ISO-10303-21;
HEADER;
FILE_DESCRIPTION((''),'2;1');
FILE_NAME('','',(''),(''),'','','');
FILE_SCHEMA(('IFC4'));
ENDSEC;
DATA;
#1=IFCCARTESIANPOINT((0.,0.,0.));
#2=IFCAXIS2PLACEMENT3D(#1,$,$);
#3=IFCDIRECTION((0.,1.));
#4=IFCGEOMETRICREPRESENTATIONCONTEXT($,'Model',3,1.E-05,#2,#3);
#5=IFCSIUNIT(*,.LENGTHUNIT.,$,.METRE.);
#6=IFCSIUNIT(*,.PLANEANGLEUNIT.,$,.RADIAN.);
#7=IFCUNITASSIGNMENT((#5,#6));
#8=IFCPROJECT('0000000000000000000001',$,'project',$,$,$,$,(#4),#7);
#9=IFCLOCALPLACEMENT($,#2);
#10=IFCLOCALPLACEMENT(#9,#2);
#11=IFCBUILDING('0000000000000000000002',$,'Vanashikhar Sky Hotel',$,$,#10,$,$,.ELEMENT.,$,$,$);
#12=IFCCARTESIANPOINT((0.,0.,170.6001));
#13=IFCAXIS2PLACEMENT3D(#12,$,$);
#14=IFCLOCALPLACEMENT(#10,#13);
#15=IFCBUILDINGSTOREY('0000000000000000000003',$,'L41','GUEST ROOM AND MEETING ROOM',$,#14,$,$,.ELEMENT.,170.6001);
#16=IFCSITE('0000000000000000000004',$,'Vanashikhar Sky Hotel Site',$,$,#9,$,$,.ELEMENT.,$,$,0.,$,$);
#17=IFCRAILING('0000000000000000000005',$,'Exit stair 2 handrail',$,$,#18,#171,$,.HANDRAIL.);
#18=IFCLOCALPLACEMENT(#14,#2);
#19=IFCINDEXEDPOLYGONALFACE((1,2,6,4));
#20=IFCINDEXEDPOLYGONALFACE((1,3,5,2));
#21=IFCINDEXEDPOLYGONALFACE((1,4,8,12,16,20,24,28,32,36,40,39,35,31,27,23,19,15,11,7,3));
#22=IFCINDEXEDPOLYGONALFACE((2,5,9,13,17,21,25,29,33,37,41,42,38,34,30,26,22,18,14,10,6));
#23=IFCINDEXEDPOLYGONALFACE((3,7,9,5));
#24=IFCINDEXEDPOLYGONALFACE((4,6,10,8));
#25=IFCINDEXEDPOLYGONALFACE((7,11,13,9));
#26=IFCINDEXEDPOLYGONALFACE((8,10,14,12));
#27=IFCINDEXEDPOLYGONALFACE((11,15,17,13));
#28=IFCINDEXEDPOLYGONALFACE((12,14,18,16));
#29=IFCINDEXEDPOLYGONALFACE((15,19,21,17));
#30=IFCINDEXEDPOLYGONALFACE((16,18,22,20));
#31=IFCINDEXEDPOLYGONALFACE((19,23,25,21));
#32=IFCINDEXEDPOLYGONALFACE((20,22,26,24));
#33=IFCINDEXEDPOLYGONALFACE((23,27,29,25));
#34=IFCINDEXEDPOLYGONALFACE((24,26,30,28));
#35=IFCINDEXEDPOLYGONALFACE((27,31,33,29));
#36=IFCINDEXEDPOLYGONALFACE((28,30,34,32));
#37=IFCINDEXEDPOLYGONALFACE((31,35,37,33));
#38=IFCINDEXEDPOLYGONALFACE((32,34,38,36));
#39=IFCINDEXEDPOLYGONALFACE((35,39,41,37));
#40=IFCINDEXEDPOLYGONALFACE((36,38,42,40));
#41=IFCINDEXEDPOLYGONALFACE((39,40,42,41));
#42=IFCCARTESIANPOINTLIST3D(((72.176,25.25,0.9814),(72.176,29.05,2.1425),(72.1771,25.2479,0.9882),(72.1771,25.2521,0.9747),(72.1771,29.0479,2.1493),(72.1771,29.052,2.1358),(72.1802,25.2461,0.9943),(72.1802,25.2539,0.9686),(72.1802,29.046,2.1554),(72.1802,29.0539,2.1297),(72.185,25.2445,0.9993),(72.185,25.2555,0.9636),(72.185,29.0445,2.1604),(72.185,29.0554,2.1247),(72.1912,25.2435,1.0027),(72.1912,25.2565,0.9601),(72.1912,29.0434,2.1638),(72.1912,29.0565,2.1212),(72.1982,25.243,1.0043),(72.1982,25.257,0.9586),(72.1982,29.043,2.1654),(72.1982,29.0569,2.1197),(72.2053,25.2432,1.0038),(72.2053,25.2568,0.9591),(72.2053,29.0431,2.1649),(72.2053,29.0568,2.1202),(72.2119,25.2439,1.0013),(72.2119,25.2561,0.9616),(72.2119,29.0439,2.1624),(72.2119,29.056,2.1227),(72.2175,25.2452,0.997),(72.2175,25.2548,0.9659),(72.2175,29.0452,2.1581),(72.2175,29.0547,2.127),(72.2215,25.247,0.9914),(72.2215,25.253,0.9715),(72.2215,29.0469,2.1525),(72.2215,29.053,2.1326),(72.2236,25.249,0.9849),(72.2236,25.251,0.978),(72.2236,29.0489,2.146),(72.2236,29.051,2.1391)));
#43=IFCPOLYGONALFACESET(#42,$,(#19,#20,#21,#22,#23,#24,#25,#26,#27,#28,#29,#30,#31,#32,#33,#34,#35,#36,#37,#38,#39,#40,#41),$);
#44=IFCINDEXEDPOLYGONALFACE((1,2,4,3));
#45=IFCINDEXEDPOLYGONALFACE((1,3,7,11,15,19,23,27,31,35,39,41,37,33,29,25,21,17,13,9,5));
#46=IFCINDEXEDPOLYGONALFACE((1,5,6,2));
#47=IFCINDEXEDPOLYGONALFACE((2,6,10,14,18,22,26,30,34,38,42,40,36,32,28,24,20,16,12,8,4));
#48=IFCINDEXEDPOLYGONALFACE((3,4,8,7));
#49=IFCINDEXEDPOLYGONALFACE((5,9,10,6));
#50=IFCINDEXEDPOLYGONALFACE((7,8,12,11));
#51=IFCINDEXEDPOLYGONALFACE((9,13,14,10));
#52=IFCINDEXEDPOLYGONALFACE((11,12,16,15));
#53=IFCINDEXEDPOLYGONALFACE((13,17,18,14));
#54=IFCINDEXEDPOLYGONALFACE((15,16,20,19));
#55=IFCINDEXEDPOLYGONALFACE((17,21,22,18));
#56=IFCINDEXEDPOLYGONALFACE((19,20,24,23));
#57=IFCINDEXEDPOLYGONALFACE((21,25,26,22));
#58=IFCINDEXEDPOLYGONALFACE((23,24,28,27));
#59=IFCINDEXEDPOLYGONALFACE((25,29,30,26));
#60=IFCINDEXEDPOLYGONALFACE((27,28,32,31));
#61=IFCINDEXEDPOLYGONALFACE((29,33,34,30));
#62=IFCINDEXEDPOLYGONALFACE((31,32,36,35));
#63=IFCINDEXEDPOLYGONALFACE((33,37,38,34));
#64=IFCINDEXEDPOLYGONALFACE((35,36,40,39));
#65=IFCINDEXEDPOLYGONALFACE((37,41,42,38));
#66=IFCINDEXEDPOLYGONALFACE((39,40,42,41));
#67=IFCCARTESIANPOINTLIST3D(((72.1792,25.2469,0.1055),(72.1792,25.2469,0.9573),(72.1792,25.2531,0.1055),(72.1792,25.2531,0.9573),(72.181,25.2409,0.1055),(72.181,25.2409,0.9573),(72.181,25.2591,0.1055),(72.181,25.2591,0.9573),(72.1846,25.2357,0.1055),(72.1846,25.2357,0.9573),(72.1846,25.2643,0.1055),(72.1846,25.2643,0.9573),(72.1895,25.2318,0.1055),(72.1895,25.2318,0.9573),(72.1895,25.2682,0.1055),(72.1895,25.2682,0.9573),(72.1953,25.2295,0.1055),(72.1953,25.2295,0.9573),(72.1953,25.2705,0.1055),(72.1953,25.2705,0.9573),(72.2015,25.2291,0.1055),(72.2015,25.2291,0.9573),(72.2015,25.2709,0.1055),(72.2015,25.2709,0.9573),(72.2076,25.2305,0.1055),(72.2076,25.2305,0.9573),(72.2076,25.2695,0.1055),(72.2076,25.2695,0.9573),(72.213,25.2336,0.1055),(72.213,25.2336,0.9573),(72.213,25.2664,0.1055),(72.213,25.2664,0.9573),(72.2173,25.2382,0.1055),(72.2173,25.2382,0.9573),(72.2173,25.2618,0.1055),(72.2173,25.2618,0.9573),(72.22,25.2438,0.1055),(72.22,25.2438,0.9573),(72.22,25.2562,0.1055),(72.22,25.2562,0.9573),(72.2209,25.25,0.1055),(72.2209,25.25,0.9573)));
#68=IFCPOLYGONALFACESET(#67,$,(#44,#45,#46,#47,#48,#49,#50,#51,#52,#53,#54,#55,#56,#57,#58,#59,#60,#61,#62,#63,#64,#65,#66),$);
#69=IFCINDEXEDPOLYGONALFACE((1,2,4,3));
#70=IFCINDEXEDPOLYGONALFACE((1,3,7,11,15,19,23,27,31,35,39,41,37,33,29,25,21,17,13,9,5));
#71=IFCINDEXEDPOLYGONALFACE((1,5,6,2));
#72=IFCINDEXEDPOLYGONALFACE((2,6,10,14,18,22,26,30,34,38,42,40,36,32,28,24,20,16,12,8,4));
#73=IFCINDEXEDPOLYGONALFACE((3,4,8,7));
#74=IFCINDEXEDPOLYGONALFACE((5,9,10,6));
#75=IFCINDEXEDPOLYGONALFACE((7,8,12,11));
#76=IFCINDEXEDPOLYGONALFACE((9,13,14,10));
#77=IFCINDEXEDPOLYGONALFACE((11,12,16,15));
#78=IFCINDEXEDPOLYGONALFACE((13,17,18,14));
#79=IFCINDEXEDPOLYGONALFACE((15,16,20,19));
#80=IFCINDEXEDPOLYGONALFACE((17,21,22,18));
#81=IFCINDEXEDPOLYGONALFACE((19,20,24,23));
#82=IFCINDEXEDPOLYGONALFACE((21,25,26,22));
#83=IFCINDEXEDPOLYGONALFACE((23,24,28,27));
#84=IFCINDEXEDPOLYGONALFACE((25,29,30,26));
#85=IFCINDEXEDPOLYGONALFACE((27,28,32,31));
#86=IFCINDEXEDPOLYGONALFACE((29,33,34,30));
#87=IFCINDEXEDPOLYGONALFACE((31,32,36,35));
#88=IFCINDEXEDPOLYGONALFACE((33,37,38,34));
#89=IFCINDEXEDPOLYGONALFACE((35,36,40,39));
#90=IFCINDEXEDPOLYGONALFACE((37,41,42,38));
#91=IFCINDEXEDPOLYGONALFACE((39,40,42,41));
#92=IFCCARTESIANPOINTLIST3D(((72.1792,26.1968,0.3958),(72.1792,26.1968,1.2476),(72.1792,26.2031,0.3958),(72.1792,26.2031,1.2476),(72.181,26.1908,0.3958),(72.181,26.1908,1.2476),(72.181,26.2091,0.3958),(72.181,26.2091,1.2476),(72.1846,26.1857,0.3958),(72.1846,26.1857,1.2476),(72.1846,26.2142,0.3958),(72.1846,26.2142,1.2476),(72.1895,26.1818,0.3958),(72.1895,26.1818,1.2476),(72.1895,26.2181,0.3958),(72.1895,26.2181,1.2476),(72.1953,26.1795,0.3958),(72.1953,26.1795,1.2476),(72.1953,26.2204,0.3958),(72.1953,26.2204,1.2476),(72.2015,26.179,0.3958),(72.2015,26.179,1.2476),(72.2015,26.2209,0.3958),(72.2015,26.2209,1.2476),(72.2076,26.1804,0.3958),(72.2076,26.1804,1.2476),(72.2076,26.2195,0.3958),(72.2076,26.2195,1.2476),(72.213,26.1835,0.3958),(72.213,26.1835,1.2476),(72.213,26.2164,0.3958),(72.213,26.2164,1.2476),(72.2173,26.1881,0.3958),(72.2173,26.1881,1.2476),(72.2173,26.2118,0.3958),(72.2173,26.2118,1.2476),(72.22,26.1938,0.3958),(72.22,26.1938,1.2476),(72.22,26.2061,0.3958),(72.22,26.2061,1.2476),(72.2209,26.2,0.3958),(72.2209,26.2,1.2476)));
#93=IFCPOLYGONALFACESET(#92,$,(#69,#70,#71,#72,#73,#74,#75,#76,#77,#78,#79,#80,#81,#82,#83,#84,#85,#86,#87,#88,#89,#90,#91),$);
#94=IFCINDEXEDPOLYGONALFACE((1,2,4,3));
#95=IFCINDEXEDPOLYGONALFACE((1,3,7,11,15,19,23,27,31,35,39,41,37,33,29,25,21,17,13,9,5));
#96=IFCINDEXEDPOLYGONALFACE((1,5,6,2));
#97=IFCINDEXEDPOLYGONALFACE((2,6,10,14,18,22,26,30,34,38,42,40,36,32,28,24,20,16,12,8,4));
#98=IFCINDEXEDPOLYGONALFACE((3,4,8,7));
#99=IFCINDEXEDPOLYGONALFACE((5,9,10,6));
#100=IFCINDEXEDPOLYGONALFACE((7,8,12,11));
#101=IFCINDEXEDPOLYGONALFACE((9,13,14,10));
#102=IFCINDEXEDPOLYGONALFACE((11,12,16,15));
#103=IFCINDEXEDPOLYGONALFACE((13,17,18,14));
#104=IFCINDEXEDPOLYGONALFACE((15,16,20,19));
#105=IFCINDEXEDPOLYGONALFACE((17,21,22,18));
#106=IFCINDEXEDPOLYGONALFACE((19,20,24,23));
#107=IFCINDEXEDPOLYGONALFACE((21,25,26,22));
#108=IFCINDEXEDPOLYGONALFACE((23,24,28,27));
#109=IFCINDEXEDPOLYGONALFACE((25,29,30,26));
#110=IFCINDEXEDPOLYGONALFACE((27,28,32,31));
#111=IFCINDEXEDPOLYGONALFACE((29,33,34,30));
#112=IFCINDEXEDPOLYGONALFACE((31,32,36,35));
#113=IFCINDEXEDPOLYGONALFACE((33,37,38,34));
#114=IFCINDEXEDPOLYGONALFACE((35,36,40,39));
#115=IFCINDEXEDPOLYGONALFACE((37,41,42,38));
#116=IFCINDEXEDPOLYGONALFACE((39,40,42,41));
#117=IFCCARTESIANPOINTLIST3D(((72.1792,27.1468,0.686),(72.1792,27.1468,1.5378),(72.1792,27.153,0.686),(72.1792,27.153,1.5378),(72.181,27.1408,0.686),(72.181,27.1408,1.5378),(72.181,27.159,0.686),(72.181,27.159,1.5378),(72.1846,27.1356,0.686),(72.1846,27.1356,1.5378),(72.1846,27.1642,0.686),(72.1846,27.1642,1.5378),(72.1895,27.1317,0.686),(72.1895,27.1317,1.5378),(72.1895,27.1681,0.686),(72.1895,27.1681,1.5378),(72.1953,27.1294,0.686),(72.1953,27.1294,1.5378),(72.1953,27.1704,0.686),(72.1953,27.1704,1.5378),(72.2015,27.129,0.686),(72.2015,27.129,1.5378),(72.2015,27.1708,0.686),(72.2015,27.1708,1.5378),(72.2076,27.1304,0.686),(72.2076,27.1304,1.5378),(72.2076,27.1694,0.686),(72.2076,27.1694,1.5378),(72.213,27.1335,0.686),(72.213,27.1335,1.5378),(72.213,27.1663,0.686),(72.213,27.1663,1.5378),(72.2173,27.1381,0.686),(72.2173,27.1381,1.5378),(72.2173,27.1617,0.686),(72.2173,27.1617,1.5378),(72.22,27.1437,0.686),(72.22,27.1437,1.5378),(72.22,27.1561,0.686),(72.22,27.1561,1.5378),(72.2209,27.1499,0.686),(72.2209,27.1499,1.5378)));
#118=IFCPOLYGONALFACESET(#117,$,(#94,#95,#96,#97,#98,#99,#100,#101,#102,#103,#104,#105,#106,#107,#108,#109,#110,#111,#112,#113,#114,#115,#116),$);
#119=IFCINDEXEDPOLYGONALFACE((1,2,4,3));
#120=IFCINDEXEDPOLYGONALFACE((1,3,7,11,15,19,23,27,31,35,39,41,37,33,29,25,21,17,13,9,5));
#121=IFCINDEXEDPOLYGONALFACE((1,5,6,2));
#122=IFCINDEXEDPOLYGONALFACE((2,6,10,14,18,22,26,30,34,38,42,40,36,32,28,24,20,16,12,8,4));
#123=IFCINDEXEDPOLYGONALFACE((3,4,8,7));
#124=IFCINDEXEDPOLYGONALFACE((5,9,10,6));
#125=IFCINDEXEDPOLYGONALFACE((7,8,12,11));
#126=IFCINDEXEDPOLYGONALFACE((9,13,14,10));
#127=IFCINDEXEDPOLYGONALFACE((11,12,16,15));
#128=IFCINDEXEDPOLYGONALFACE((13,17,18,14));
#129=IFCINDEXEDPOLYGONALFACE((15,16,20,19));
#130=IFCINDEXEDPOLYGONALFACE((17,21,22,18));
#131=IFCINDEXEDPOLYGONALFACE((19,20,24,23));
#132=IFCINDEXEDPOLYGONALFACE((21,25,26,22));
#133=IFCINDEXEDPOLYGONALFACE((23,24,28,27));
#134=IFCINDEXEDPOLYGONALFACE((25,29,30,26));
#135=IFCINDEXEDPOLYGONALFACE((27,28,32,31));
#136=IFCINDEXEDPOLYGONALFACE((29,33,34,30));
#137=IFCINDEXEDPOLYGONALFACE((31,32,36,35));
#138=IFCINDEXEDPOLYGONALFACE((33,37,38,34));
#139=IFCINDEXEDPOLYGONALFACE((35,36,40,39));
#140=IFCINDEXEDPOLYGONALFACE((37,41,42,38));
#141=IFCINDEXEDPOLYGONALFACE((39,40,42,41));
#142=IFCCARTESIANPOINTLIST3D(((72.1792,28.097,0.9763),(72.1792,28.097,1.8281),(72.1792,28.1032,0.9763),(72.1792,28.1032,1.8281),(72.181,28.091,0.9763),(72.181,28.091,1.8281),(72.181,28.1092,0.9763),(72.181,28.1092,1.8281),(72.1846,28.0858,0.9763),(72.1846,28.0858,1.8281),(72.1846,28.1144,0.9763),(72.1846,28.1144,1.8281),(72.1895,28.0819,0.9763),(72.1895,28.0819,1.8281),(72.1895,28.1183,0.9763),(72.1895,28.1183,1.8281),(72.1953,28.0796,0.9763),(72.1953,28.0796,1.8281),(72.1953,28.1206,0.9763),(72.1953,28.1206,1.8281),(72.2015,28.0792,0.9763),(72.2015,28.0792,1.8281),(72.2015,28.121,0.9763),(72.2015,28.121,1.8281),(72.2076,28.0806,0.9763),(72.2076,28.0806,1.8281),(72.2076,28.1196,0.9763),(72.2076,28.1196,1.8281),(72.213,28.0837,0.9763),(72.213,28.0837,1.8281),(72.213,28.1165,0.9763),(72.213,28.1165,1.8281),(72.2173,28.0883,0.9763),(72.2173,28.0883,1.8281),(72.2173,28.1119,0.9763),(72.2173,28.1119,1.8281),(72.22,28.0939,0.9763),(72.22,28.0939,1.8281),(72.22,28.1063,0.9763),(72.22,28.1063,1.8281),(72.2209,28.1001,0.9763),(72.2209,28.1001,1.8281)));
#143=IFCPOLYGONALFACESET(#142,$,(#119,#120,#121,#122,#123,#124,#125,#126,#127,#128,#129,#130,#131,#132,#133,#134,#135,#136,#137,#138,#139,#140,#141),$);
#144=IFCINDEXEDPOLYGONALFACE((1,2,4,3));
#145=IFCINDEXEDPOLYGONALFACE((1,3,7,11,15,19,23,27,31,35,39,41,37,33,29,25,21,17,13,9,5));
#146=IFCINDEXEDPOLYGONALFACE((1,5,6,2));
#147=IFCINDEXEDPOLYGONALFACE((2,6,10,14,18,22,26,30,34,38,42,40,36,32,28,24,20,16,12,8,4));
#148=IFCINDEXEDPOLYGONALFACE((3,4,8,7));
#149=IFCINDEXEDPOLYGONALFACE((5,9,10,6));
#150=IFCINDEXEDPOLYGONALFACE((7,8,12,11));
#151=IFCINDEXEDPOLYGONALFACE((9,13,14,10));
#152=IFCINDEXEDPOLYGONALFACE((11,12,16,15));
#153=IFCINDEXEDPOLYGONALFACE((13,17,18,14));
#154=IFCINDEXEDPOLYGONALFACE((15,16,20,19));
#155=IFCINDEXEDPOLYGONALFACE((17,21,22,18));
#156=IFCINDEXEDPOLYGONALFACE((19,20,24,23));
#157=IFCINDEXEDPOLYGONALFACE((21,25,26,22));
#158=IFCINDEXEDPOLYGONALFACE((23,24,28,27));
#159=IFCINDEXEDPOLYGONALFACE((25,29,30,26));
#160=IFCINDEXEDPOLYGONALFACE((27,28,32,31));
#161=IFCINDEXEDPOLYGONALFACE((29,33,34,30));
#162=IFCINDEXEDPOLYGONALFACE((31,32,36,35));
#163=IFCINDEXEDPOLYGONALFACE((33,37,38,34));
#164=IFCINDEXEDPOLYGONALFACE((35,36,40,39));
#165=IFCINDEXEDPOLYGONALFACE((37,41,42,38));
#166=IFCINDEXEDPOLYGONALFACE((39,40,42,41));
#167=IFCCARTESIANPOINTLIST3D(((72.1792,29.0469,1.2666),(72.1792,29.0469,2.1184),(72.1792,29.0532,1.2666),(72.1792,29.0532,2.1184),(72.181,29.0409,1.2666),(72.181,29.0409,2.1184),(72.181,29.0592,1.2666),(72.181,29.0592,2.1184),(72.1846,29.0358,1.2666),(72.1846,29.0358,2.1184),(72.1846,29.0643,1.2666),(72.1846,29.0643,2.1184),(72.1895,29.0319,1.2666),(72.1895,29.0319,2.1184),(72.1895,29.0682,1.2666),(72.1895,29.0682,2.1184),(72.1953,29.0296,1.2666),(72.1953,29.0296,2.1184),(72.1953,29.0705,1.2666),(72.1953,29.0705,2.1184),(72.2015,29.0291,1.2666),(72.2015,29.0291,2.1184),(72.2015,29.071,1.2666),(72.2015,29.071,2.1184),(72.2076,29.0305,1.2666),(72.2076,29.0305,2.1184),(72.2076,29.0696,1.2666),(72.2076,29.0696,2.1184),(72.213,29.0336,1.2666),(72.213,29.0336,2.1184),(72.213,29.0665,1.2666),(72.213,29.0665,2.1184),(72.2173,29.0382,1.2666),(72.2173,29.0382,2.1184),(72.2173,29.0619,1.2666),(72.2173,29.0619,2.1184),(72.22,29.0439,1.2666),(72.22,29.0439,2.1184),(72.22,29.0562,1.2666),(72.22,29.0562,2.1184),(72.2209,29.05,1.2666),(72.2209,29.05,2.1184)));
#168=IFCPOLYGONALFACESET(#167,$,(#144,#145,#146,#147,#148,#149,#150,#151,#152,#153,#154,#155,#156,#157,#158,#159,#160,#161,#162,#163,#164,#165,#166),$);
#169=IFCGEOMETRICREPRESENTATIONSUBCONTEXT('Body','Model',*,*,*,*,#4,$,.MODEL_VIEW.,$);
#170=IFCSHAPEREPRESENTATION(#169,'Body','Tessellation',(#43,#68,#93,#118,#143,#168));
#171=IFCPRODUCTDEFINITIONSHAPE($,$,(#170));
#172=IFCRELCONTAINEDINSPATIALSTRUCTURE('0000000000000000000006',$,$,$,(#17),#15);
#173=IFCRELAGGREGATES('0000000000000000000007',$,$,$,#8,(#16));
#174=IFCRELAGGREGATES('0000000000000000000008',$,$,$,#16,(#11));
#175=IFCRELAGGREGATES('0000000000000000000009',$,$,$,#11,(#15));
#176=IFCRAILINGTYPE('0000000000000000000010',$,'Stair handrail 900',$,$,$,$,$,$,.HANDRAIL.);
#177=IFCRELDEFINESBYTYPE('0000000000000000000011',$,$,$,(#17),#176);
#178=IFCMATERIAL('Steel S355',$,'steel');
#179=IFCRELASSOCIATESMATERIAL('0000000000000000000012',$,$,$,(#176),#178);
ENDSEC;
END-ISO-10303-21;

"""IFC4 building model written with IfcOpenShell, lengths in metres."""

from ifc_helpers import new_model, si_unit, direction, frame, origin, origin_2d, place, context, subcontext, project, spatial, circle, extrude, source, transform, mapped, material, type_object, element, save


model = new_model("IFC4")

# Units and contexts
model_context = context("Model", 3, precision=1e-05, world=origin(), true_north=direction((0.0, 1.0)))
body_context = subcontext(model_context, "Body", "Model", "MODEL_VIEW")
ifc_project = project(units=[si_unit("LENGTHUNIT", "METRE"), si_unit("PLANEANGLEUNIT", "RADIAN")], contexts=[model_context])

# Site, building, storey
site_placement = place(None, origin())
site = spatial("IfcSite", under=ifc_project, at=site_placement, Name="Vanashikhar Sky Hotel Site", CompositionType="ELEMENT", RefElevation=0.0)
building_placement = place(site_placement, origin())
building = spatial("IfcBuilding", under=site, at=building_placement, Name="Vanashikhar Sky Hotel", CompositionType="ELEMENT")
storey_placement = place(building_placement, frame((0.0, 0.0, 170.6001)))
storey = spatial("IfcBuildingStorey", under=building, at=storey_placement, Name="L41", Description="GUEST ROOM AND MEETING ROOM", CompositionType="ELEMENT", Elevation=170.6001)

# Railing
ifc_material_1 = material(Name="Steel S355", Category="steel")
railing_type_1 = type_object("IfcRailingType", Name="Stair handrail 900", PredefinedType="HANDRAIL", material=ifc_material_1)
shared_shape_1 = source(origin(), body_context, "Body", "SweptSolid", [
    extrude(circle(Radius=0.0239, at=origin_2d()), frame((0.0, 0.0, 0.876), z_axis=(0.0, 0.956351, 0.29222), x_axis=(-1.0, 0.0, 0.0)), (0.0, 0.0, 1.0), 3.9734),
    extrude(circle(Radius=0.021, at=origin_2d()), origin(), (0.0, 0.0, 1.0), 0.8518),
    extrude(circle(Radius=0.021, at=origin_2d()), frame((0.0, 0.95, 0.2903)), (0.0, 0.0, 1.0), 0.8518),
    extrude(circle(Radius=0.021, at=origin_2d()), frame((0.0, 1.8999, 0.5806)), (0.0, 0.0, 1.0), 0.8518),
    extrude(circle(Radius=0.021, at=origin_2d()), frame((0.0, 2.8501, 0.8708)), (0.0, 0.0, 1.0), 0.8518),
    extrude(circle(Radius=0.021, at=origin_2d()), frame((0.0, 3.8, 1.1611)), (0.0, 0.0, 1.0), 0.8518),
])
for number, where, name in (
    (1, (72.2, 25.25, 0.1055), "Exit stair 2 handrail"),
):
    element("IfcRailing", number, at=place(storey_placement, frame(where)), inside=storey, type_object=railing_type_1, Name=name, PredefinedType="HANDRAIL", context=body_context, shape_type="MappedRepresentation", body=[
        mapped(shared_shape_1, transform((0.0, 0.0, 0.0), scale=1.0)),
    ])

save(model, "model.ifc")
